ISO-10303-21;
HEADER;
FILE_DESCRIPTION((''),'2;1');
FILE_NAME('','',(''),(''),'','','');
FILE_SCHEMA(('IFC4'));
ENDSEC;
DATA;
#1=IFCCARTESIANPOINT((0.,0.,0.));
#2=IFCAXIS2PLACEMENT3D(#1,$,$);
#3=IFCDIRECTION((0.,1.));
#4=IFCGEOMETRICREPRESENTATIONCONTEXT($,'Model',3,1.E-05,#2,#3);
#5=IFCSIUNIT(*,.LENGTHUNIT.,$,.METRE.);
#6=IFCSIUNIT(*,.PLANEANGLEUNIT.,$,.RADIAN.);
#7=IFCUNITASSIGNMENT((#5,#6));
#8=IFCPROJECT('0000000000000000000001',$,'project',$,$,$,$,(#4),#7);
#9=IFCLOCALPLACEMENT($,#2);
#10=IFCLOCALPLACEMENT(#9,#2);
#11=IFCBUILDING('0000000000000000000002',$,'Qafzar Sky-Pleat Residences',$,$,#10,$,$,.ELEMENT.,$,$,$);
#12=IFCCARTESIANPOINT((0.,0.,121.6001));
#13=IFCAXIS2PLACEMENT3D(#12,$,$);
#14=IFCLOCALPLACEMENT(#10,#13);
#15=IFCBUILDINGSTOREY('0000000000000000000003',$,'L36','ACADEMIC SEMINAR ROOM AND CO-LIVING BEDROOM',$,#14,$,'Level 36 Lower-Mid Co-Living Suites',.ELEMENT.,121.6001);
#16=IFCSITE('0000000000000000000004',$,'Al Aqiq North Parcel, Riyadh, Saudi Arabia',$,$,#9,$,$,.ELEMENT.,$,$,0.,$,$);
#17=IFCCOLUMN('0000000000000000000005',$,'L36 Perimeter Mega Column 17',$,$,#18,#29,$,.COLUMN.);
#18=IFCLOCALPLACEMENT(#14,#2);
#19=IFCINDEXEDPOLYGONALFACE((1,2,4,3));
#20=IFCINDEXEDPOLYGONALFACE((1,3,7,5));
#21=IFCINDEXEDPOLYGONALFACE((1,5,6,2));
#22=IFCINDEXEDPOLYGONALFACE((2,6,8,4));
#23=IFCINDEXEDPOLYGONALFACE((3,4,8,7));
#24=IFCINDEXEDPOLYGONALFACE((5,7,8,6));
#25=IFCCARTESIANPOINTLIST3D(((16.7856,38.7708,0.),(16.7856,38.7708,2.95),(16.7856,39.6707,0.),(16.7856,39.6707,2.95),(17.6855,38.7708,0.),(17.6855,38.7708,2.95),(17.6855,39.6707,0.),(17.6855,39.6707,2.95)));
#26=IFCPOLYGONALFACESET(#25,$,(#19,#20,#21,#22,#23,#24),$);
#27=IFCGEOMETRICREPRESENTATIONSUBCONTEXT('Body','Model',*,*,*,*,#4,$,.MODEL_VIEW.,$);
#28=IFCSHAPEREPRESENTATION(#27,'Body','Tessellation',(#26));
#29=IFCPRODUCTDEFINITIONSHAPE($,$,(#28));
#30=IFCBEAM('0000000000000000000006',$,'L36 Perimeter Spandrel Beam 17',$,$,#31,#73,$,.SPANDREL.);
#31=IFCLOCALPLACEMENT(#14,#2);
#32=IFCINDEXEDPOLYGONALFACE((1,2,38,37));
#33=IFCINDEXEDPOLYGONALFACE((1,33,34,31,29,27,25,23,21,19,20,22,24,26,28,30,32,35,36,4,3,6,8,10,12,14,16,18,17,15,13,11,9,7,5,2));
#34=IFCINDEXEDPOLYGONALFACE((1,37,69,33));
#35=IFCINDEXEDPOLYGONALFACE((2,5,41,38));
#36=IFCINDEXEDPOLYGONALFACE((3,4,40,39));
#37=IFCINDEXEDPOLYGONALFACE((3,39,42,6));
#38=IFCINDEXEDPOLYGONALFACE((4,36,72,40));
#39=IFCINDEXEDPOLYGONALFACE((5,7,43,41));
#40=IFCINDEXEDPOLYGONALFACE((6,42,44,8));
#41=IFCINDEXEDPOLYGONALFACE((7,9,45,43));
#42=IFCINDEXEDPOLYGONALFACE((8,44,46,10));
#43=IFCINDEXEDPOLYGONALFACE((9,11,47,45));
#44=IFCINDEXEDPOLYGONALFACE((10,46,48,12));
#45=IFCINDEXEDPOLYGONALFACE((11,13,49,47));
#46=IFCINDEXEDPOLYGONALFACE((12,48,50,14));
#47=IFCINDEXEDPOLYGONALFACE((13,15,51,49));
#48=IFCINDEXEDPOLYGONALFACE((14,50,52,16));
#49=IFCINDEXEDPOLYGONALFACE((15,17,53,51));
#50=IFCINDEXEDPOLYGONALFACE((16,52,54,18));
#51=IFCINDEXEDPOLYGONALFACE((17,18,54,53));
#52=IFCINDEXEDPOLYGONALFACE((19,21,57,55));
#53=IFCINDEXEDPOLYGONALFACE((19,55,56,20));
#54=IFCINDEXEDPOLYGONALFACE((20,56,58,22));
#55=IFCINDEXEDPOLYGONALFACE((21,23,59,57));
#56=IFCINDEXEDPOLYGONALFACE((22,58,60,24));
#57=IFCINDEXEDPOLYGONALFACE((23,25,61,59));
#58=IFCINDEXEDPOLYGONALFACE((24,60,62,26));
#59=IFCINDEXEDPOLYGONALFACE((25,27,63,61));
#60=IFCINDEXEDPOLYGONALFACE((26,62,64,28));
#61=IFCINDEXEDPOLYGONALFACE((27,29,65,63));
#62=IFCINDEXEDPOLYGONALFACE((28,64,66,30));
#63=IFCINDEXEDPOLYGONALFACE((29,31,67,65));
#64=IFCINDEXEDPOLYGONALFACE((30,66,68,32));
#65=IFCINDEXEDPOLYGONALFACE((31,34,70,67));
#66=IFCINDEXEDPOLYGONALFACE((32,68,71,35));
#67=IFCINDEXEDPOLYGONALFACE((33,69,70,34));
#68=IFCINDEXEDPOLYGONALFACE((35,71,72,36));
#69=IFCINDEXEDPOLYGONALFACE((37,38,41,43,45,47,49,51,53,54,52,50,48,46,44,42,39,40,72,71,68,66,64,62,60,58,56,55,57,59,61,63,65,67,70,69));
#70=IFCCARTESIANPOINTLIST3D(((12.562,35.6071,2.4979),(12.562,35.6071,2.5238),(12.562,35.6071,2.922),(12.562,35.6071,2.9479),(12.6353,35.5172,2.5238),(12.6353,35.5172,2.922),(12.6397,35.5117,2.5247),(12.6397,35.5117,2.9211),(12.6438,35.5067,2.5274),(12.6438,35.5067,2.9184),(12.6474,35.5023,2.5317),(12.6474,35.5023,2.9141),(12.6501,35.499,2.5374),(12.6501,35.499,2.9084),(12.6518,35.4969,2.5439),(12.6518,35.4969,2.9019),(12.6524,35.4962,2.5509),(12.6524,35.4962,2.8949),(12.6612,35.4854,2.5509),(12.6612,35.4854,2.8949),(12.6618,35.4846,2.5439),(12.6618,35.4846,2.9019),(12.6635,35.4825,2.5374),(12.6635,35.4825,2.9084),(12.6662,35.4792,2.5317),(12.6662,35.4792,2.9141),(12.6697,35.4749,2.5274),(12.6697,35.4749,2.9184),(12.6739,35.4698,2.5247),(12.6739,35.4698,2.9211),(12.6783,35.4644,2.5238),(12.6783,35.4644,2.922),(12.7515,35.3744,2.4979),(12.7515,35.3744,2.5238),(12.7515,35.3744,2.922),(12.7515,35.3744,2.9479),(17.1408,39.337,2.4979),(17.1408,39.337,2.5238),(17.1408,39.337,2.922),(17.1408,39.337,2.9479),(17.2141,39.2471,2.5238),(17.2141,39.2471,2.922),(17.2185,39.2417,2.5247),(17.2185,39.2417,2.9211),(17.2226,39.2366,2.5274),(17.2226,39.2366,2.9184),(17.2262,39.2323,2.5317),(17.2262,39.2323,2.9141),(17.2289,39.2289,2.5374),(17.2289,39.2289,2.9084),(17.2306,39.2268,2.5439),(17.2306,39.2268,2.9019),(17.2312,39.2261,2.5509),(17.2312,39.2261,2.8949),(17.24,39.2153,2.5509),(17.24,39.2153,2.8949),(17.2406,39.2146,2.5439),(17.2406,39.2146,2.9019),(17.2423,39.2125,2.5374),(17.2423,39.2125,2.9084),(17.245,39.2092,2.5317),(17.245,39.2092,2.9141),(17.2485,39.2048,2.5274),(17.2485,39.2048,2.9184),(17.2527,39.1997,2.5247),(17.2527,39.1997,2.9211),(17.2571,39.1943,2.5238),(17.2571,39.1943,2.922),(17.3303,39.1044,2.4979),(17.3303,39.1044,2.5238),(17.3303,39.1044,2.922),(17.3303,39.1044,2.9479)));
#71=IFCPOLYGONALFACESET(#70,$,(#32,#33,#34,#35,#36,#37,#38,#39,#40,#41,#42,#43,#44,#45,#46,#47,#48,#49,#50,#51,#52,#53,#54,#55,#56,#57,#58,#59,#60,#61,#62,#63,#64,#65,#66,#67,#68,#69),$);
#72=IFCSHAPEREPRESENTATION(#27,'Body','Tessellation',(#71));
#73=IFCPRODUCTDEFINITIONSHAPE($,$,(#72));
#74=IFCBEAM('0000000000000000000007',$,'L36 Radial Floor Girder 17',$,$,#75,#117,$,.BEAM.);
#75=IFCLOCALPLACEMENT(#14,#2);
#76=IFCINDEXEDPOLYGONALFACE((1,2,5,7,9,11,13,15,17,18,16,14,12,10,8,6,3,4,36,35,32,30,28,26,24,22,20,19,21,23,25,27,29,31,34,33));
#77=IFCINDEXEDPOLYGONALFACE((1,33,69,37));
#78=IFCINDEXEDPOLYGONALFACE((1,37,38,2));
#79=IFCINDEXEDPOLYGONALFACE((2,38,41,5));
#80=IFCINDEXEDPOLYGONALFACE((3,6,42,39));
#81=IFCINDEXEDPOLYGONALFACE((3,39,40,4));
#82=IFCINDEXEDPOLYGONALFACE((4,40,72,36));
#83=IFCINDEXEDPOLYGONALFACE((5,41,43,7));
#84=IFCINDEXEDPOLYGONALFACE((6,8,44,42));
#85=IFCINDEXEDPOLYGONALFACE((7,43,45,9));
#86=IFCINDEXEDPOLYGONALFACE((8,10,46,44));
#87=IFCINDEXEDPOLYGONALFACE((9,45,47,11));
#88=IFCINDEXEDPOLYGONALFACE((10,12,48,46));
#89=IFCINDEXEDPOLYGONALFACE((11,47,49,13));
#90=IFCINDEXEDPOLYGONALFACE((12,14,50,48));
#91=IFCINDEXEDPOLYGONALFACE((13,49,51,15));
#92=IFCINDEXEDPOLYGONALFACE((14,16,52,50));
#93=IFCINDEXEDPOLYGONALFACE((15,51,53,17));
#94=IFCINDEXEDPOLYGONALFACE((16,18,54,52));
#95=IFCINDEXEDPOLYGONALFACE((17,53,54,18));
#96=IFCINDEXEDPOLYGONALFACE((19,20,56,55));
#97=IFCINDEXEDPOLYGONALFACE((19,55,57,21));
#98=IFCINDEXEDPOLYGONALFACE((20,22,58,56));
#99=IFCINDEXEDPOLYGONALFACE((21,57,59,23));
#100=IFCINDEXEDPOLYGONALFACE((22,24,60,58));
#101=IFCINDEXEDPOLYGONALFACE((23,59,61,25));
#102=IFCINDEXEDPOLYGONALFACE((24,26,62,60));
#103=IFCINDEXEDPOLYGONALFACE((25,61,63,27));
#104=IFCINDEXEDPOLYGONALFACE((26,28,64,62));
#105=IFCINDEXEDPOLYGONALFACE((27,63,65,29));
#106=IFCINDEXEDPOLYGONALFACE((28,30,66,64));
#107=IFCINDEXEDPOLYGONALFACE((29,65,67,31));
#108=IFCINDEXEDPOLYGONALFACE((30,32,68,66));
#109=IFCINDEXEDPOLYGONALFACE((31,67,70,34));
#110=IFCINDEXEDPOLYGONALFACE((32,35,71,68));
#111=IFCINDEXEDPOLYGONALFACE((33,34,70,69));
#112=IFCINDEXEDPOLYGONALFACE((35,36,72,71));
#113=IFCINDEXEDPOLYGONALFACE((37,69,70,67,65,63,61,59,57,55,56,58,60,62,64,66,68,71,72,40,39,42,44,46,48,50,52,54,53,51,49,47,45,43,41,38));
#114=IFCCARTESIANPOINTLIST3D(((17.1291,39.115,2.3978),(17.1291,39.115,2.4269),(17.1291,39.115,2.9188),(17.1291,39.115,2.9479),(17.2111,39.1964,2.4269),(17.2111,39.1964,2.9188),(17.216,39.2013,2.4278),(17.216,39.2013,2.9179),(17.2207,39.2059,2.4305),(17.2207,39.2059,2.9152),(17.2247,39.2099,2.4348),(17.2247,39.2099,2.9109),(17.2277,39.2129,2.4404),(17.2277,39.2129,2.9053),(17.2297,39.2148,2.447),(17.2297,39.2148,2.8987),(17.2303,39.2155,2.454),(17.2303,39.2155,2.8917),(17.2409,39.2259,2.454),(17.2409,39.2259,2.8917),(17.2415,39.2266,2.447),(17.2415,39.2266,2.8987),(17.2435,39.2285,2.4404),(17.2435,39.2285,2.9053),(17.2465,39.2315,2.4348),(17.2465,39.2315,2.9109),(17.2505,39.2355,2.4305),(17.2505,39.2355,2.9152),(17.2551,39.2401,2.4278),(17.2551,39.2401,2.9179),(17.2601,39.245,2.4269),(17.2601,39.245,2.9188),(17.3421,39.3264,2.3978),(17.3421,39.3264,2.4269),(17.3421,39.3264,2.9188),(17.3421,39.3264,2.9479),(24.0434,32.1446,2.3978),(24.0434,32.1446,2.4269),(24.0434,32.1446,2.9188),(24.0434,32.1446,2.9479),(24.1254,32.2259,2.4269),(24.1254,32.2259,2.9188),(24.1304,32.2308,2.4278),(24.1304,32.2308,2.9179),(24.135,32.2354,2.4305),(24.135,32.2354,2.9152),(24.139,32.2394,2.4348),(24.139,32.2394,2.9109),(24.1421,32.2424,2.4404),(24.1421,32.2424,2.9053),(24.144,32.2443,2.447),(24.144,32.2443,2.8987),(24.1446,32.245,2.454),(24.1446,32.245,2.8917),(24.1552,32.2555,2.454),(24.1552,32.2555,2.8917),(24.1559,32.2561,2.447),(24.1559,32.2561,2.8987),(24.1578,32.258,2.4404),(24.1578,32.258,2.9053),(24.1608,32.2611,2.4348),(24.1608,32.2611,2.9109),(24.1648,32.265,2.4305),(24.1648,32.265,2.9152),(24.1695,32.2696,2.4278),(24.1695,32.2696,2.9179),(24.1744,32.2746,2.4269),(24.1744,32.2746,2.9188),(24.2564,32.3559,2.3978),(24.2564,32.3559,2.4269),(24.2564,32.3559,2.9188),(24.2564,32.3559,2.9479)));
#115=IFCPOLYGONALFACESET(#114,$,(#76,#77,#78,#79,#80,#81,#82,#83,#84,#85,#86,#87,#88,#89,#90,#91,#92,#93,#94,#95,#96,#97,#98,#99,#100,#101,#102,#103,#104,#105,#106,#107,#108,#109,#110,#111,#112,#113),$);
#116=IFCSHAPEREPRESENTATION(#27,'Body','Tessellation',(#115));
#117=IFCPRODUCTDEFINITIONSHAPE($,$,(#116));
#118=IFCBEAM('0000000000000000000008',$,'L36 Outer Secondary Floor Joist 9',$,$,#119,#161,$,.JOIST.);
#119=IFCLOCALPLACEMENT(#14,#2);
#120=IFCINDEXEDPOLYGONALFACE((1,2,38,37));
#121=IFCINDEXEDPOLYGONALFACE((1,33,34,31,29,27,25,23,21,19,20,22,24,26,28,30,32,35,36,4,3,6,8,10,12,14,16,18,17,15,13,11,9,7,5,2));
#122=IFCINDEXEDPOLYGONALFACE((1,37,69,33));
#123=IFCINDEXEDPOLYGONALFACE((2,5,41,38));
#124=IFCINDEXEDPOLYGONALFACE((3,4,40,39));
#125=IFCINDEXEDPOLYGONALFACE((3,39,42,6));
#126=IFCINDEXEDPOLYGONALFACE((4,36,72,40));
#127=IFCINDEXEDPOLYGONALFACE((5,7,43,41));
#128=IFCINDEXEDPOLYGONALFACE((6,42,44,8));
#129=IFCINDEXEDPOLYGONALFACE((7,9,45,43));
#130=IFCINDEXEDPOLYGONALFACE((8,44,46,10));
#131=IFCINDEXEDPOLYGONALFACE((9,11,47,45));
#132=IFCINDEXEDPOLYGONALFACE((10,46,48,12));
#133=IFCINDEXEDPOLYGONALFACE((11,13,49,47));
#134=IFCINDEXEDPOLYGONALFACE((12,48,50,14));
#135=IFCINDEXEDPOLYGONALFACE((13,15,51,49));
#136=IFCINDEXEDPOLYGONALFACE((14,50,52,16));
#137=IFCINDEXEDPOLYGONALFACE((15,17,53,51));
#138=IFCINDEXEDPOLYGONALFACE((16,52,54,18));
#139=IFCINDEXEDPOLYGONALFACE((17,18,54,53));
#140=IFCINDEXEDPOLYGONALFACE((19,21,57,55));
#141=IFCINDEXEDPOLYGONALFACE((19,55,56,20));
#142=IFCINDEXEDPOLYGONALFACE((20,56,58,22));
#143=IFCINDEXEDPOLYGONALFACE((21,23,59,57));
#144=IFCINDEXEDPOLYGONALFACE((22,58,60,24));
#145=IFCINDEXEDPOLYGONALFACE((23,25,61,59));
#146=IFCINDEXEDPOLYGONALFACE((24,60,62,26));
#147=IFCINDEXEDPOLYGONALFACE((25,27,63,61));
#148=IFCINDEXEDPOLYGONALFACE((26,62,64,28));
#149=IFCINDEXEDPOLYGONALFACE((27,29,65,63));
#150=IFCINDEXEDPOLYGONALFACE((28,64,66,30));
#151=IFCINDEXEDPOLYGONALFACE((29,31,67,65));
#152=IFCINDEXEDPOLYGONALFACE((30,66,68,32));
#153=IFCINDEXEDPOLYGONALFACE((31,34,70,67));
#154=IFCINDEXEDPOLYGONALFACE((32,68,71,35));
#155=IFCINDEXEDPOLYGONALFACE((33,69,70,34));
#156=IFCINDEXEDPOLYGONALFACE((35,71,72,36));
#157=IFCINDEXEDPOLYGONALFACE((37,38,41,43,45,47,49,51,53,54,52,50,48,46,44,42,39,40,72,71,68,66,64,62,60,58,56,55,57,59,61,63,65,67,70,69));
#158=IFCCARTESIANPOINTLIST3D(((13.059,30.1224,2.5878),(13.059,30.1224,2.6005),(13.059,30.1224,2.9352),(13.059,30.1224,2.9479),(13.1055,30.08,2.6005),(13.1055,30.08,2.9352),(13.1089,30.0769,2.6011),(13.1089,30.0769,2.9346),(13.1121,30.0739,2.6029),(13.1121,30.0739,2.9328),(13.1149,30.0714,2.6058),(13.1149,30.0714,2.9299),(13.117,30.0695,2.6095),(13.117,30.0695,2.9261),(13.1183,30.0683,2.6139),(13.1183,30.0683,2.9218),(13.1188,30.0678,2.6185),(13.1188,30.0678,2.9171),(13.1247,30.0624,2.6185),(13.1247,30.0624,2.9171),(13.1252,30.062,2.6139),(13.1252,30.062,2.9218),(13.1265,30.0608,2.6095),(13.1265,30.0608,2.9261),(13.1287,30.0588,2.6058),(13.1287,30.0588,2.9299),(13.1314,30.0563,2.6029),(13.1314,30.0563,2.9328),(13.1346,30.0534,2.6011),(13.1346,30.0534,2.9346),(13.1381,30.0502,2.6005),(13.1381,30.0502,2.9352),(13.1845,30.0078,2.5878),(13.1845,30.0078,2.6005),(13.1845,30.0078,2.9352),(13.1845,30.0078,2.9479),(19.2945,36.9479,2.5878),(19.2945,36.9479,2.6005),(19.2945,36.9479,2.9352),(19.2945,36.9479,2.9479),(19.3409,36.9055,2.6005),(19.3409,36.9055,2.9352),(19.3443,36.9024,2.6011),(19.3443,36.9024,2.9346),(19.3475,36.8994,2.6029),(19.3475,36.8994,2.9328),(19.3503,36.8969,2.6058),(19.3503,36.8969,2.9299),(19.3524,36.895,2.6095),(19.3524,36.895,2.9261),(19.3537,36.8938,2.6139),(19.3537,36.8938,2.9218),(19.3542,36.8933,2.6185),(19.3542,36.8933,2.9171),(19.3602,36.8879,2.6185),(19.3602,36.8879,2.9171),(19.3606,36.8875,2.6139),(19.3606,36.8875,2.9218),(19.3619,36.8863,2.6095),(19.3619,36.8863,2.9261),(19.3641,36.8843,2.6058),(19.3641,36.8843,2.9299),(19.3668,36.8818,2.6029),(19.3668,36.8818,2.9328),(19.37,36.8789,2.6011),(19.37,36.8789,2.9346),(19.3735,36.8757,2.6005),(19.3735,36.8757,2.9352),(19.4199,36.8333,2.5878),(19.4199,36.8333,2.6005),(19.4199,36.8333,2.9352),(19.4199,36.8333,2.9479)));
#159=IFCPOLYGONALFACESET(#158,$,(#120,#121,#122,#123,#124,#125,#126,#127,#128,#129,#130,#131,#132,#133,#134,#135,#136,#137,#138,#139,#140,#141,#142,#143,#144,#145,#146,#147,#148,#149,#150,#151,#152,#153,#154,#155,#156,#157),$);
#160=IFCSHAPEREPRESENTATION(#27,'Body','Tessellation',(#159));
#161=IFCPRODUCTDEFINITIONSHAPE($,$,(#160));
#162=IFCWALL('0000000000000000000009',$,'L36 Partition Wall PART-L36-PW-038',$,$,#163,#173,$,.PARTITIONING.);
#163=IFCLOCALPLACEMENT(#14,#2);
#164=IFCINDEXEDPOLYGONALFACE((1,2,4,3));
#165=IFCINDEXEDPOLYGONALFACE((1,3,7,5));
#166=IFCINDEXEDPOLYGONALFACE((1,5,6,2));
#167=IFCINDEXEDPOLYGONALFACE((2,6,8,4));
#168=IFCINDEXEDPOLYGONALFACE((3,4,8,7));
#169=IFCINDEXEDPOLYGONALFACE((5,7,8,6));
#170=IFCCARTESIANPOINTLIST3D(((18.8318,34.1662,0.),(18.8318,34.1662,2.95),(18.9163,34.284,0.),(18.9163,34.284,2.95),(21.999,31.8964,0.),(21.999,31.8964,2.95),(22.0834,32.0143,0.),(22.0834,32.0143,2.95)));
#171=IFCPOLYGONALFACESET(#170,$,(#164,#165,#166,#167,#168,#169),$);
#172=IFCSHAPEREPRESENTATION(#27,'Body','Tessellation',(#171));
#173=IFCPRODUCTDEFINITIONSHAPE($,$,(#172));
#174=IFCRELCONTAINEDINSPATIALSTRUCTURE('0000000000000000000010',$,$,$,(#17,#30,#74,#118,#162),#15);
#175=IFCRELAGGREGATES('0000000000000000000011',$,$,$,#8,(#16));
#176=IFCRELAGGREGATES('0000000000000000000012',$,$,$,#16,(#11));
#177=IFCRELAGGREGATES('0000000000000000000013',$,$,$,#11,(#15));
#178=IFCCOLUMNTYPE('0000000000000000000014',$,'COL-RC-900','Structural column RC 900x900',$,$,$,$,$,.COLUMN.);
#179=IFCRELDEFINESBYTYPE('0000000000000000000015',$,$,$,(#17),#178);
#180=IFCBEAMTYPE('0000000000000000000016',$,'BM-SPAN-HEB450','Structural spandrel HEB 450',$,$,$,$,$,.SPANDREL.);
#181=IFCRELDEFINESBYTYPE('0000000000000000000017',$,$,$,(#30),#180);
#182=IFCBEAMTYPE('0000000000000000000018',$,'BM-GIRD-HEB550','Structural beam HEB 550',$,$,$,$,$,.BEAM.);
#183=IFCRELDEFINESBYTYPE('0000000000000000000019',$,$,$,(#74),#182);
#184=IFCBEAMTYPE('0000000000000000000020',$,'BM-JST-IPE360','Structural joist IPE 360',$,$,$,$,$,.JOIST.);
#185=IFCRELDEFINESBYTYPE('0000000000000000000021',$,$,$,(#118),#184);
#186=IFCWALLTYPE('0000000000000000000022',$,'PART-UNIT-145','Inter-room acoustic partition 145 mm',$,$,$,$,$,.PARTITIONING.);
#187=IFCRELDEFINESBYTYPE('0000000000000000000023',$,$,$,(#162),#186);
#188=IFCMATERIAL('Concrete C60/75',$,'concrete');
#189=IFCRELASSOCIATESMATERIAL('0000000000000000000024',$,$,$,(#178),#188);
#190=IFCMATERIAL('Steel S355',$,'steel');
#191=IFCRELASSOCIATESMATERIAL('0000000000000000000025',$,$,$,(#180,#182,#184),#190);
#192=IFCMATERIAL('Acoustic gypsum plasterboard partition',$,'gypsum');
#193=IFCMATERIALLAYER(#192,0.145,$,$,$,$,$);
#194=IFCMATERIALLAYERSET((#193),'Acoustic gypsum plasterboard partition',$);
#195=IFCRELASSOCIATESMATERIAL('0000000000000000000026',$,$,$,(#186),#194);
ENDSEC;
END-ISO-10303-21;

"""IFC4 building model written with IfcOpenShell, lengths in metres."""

from ifc_helpers import new_model, si_unit, direction, frame, frame_2d, origin, origin_2d, place, context, subcontext, project, spatial, rectangle, i_section, extrude, source, transform, mapped, material, layer, layer_set, material_profile, profile_set, type_object, element, save


model = new_model("IFC4")

# Units and contexts
model_context = context("Model", 3, precision=1e-05, world=origin(), true_north=direction((0.0, 1.0)))
body_context = subcontext(model_context, "Body", "Model", "MODEL_VIEW")
ifc_project = project(units=[si_unit("LENGTHUNIT", "METRE"), si_unit("PLANEANGLEUNIT", "RADIAN")], contexts=[model_context])

# Site, building, storey
site_placement = place(None, origin())
site = spatial("IfcSite", under=ifc_project, at=site_placement, Name="Al Aqiq North Parcel, Riyadh, Saudi Arabia", CompositionType="ELEMENT", RefElevation=0.0)
building_placement = place(site_placement, origin())
building = spatial("IfcBuilding", under=site, at=building_placement, Name="Qafzar Sky-Pleat Residences", CompositionType="ELEMENT")
storey_placement = place(building_placement, frame((0.0, 0.0, 121.6001)))
storey = spatial("IfcBuildingStorey", under=building, at=storey_placement, Name="L36", Description="ACADEMIC SEMINAR ROOM AND CO-LIVING BEDROOM", LongName="Level 36 Lower-Mid Co-Living Suites", CompositionType="ELEMENT", Elevation=121.6001)

# Column
ifc_material_1 = material(Name="Concrete C60/75", Category="concrete")
ifc_material_profile_1 = material_profile(ifc_material_1, rectangle(XDim=0.8999, YDim=0.8999, at=origin_2d()), Name="RC 900x900")
ifc_profile_set_1 = profile_set([ifc_material_profile_1], Name="Concrete C60/75")
column_type = type_object("IfcColumnType", Name="COL-RC-900", Description="Structural column RC 900x900", PredefinedType="COLUMN", material=ifc_profile_set_1)
shared_shape_1 = source(origin(), body_context, "Body", "SweptSolid", [
    extrude(rectangle(XDim=0.8999, YDim=0.8999, at=origin_2d()), origin(), (0.0, 0.0, 1.0), 2.95),
])
column_placement = place(storey_placement, frame((17.2356, 39.2207, 0.0), z_axis=(0.0, 0.0, 1.0), x_axis=(1.0, 0.0, 0.0)))
element("IfcColumn", 1, at=column_placement, inside=storey, type_object=column_type, Name="L36 Perimeter Mega Column 17", PredefinedType="COLUMN", context=body_context, shape_type="MappedRepresentation", body=[
    mapped(shared_shape_1, transform((0.0, 0.0, 0.0), x_axis=(1.0, 0.0, 0.0), y_axis=(0.0, 1.0, 0.0), z_axis=(0.0, 0.0, 1.0), scale=1.0)),
])

# Beams
ifc_material_2 = material(Name="Steel S355", Category="steel")
ifc_material_profile_2 = material_profile(ifc_material_2, i_section(OverallWidth=0.3, OverallDepth=0.45, WebThickness=0.0139, FlangeThickness=0.0259, FilletRadius=0.0271, at=origin_2d()), Name="HEB 450")
ifc_profile_set_2 = profile_set([ifc_material_profile_2], Name="Steel S355")
beam_type_1 = type_object("IfcBeamType", Name="BM-SPAN-HEB450", Description="Structural spandrel HEB 450", PredefinedType="SPANDREL", material=ifc_profile_set_2)
shared_shape_2 = source(origin(), body_context, "Body", "SweptSolid", [
    extrude(i_section(OverallWidth=0.3, OverallDepth=0.45, WebThickness=0.0139, FlangeThickness=0.0259, FilletRadius=0.0271, at=origin_2d()), origin(), (0.0, 0.0, 1.0), 5.9058),
])
beam_1_placement = place(storey_placement, frame((17.2356, 39.2207, 2.7229), z_axis=(-0.775313, -0.631577, 0.0), x_axis=(0.631577, -0.775313, 0.0)))
element("IfcBeam", 2, at=beam_1_placement, inside=storey, type_object=beam_type_1, Name="L36 Perimeter Spandrel Beam 17", PredefinedType="SPANDREL", context=body_context, shape_type="MappedRepresentation", body=[
    mapped(shared_shape_2, transform((0.0, 0.0, 0.0), x_axis=(1.0, 0.0, 0.0), y_axis=(0.0, 1.0, 0.0), z_axis=(0.0, 0.0, 1.0), scale=1.0)),
])
ifc_material_profile_3 = material_profile(ifc_material_2, i_section(OverallWidth=0.3, OverallDepth=0.55, WebThickness=0.0149, FlangeThickness=0.0291, FilletRadius=0.0271, at=origin_2d()), Name="HEB 550")
ifc_profile_set_3 = profile_set([ifc_material_profile_3], Name="Steel S355")
beam_type_2 = type_object("IfcBeamType", Name="BM-GIRD-HEB550", Description="Structural beam HEB 550", PredefinedType="BEAM", material=ifc_profile_set_3)
shared_shape_3 = source(origin(), body_context, "Body", "SweptSolid", [
    extrude(i_section(OverallWidth=0.3, OverallDepth=0.55, WebThickness=0.0149, FlangeThickness=0.0291, FilletRadius=0.0271, at=origin_2d()), origin(), (0.0, 0.0, 1.0), 9.8181),
])
beam_2_placement = place(storey_placement, frame((17.2356, 39.2207, 2.6729), z_axis=(0.704241, -0.709961, 0.0), x_axis=(0.709961, 0.704241, 0.0)))
element("IfcBeam", 3, at=beam_2_placement, inside=storey, type_object=beam_type_2, Name="L36 Radial Floor Girder 17", PredefinedType="BEAM", context=body_context, shape_type="MappedRepresentation", body=[
    mapped(shared_shape_3, transform((0.0, 0.0, 0.0), x_axis=(1.0, 0.0, 0.0), y_axis=(0.0, 1.0, 0.0), z_axis=(0.0, 0.0, 1.0), scale=1.0)),
])
ifc_material_profile_4 = material_profile(ifc_material_2, i_section(OverallWidth=0.1699, OverallDepth=0.3601, WebThickness=0.0081, FlangeThickness=0.0127, FilletRadius=0.0181, at=origin_2d()), Name="IPE 360")
ifc_profile_set_4 = profile_set([ifc_material_profile_4], Name="Steel S355")
beam_type_3 = type_object("IfcBeamType", Name="BM-JST-IPE360", Description="Structural joist IPE 360", PredefinedType="JOIST", material=ifc_profile_set_4)
shared_shape_4 = source(origin(), body_context, "Body", "SweptSolid", [
    extrude(i_section(OverallWidth=0.1699, OverallDepth=0.3601, WebThickness=0.0081, FlangeThickness=0.0127, FilletRadius=0.0181, at=origin_2d()), origin(), (0.0, 0.0, 1.0), 9.2449),
])
beam_3_placement = place(storey_placement, frame((19.3572, 36.8906, 2.7678), z_axis=(-0.674472, -0.738301, 0.0), x_axis=(0.738301, -0.674472, 0.0)))
element("IfcBeam", 4, at=beam_3_placement, inside=storey, type_object=beam_type_3, Name="L36 Outer Secondary Floor Joist 9", PredefinedType="JOIST", context=body_context, shape_type="MappedRepresentation", body=[
    mapped(shared_shape_4, transform((0.0, 0.0, 0.0), x_axis=(1.0, 0.0, 0.0), y_axis=(0.0, 1.0, 0.0), z_axis=(0.0, 0.0, 1.0), scale=1.0)),
])

# Wall
ifc_material_3 = material(Name="Acoustic gypsum plasterboard partition", Category="gypsum")
ifc_layer_1 = layer(ifc_material_3, 0.145)
ifc_layer_set_1 = layer_set([ifc_layer_1], Name="Acoustic gypsum plasterboard partition")
wall_type_1 = type_object("IfcWallType", Name="PART-UNIT-145", Description="Inter-room acoustic partition 145 mm", PredefinedType="PARTITIONING", material=ifc_layer_set_1)
wall_1_placement = place(storey_placement, frame((18.874, 34.2251, 0.0), z_axis=(0.0, 0.0, 1.0), x_axis=(0.812827, -0.582506, 0.0)))
element("IfcWall", 5, at=wall_1_placement, inside=storey, type_object=wall_type_1, Name="L36 Partition Wall PART-L36-PW-038", PredefinedType="PARTITIONING", context=body_context, shape_type="SweptSolid", body=[
    extrude(rectangle(XDim=3.8965, YDim=0.145, at=frame_2d((1.9482, 0.0))), origin(), (0.0, 0.0, 1.0), 2.95),
])

save(model, "model.ifc")
